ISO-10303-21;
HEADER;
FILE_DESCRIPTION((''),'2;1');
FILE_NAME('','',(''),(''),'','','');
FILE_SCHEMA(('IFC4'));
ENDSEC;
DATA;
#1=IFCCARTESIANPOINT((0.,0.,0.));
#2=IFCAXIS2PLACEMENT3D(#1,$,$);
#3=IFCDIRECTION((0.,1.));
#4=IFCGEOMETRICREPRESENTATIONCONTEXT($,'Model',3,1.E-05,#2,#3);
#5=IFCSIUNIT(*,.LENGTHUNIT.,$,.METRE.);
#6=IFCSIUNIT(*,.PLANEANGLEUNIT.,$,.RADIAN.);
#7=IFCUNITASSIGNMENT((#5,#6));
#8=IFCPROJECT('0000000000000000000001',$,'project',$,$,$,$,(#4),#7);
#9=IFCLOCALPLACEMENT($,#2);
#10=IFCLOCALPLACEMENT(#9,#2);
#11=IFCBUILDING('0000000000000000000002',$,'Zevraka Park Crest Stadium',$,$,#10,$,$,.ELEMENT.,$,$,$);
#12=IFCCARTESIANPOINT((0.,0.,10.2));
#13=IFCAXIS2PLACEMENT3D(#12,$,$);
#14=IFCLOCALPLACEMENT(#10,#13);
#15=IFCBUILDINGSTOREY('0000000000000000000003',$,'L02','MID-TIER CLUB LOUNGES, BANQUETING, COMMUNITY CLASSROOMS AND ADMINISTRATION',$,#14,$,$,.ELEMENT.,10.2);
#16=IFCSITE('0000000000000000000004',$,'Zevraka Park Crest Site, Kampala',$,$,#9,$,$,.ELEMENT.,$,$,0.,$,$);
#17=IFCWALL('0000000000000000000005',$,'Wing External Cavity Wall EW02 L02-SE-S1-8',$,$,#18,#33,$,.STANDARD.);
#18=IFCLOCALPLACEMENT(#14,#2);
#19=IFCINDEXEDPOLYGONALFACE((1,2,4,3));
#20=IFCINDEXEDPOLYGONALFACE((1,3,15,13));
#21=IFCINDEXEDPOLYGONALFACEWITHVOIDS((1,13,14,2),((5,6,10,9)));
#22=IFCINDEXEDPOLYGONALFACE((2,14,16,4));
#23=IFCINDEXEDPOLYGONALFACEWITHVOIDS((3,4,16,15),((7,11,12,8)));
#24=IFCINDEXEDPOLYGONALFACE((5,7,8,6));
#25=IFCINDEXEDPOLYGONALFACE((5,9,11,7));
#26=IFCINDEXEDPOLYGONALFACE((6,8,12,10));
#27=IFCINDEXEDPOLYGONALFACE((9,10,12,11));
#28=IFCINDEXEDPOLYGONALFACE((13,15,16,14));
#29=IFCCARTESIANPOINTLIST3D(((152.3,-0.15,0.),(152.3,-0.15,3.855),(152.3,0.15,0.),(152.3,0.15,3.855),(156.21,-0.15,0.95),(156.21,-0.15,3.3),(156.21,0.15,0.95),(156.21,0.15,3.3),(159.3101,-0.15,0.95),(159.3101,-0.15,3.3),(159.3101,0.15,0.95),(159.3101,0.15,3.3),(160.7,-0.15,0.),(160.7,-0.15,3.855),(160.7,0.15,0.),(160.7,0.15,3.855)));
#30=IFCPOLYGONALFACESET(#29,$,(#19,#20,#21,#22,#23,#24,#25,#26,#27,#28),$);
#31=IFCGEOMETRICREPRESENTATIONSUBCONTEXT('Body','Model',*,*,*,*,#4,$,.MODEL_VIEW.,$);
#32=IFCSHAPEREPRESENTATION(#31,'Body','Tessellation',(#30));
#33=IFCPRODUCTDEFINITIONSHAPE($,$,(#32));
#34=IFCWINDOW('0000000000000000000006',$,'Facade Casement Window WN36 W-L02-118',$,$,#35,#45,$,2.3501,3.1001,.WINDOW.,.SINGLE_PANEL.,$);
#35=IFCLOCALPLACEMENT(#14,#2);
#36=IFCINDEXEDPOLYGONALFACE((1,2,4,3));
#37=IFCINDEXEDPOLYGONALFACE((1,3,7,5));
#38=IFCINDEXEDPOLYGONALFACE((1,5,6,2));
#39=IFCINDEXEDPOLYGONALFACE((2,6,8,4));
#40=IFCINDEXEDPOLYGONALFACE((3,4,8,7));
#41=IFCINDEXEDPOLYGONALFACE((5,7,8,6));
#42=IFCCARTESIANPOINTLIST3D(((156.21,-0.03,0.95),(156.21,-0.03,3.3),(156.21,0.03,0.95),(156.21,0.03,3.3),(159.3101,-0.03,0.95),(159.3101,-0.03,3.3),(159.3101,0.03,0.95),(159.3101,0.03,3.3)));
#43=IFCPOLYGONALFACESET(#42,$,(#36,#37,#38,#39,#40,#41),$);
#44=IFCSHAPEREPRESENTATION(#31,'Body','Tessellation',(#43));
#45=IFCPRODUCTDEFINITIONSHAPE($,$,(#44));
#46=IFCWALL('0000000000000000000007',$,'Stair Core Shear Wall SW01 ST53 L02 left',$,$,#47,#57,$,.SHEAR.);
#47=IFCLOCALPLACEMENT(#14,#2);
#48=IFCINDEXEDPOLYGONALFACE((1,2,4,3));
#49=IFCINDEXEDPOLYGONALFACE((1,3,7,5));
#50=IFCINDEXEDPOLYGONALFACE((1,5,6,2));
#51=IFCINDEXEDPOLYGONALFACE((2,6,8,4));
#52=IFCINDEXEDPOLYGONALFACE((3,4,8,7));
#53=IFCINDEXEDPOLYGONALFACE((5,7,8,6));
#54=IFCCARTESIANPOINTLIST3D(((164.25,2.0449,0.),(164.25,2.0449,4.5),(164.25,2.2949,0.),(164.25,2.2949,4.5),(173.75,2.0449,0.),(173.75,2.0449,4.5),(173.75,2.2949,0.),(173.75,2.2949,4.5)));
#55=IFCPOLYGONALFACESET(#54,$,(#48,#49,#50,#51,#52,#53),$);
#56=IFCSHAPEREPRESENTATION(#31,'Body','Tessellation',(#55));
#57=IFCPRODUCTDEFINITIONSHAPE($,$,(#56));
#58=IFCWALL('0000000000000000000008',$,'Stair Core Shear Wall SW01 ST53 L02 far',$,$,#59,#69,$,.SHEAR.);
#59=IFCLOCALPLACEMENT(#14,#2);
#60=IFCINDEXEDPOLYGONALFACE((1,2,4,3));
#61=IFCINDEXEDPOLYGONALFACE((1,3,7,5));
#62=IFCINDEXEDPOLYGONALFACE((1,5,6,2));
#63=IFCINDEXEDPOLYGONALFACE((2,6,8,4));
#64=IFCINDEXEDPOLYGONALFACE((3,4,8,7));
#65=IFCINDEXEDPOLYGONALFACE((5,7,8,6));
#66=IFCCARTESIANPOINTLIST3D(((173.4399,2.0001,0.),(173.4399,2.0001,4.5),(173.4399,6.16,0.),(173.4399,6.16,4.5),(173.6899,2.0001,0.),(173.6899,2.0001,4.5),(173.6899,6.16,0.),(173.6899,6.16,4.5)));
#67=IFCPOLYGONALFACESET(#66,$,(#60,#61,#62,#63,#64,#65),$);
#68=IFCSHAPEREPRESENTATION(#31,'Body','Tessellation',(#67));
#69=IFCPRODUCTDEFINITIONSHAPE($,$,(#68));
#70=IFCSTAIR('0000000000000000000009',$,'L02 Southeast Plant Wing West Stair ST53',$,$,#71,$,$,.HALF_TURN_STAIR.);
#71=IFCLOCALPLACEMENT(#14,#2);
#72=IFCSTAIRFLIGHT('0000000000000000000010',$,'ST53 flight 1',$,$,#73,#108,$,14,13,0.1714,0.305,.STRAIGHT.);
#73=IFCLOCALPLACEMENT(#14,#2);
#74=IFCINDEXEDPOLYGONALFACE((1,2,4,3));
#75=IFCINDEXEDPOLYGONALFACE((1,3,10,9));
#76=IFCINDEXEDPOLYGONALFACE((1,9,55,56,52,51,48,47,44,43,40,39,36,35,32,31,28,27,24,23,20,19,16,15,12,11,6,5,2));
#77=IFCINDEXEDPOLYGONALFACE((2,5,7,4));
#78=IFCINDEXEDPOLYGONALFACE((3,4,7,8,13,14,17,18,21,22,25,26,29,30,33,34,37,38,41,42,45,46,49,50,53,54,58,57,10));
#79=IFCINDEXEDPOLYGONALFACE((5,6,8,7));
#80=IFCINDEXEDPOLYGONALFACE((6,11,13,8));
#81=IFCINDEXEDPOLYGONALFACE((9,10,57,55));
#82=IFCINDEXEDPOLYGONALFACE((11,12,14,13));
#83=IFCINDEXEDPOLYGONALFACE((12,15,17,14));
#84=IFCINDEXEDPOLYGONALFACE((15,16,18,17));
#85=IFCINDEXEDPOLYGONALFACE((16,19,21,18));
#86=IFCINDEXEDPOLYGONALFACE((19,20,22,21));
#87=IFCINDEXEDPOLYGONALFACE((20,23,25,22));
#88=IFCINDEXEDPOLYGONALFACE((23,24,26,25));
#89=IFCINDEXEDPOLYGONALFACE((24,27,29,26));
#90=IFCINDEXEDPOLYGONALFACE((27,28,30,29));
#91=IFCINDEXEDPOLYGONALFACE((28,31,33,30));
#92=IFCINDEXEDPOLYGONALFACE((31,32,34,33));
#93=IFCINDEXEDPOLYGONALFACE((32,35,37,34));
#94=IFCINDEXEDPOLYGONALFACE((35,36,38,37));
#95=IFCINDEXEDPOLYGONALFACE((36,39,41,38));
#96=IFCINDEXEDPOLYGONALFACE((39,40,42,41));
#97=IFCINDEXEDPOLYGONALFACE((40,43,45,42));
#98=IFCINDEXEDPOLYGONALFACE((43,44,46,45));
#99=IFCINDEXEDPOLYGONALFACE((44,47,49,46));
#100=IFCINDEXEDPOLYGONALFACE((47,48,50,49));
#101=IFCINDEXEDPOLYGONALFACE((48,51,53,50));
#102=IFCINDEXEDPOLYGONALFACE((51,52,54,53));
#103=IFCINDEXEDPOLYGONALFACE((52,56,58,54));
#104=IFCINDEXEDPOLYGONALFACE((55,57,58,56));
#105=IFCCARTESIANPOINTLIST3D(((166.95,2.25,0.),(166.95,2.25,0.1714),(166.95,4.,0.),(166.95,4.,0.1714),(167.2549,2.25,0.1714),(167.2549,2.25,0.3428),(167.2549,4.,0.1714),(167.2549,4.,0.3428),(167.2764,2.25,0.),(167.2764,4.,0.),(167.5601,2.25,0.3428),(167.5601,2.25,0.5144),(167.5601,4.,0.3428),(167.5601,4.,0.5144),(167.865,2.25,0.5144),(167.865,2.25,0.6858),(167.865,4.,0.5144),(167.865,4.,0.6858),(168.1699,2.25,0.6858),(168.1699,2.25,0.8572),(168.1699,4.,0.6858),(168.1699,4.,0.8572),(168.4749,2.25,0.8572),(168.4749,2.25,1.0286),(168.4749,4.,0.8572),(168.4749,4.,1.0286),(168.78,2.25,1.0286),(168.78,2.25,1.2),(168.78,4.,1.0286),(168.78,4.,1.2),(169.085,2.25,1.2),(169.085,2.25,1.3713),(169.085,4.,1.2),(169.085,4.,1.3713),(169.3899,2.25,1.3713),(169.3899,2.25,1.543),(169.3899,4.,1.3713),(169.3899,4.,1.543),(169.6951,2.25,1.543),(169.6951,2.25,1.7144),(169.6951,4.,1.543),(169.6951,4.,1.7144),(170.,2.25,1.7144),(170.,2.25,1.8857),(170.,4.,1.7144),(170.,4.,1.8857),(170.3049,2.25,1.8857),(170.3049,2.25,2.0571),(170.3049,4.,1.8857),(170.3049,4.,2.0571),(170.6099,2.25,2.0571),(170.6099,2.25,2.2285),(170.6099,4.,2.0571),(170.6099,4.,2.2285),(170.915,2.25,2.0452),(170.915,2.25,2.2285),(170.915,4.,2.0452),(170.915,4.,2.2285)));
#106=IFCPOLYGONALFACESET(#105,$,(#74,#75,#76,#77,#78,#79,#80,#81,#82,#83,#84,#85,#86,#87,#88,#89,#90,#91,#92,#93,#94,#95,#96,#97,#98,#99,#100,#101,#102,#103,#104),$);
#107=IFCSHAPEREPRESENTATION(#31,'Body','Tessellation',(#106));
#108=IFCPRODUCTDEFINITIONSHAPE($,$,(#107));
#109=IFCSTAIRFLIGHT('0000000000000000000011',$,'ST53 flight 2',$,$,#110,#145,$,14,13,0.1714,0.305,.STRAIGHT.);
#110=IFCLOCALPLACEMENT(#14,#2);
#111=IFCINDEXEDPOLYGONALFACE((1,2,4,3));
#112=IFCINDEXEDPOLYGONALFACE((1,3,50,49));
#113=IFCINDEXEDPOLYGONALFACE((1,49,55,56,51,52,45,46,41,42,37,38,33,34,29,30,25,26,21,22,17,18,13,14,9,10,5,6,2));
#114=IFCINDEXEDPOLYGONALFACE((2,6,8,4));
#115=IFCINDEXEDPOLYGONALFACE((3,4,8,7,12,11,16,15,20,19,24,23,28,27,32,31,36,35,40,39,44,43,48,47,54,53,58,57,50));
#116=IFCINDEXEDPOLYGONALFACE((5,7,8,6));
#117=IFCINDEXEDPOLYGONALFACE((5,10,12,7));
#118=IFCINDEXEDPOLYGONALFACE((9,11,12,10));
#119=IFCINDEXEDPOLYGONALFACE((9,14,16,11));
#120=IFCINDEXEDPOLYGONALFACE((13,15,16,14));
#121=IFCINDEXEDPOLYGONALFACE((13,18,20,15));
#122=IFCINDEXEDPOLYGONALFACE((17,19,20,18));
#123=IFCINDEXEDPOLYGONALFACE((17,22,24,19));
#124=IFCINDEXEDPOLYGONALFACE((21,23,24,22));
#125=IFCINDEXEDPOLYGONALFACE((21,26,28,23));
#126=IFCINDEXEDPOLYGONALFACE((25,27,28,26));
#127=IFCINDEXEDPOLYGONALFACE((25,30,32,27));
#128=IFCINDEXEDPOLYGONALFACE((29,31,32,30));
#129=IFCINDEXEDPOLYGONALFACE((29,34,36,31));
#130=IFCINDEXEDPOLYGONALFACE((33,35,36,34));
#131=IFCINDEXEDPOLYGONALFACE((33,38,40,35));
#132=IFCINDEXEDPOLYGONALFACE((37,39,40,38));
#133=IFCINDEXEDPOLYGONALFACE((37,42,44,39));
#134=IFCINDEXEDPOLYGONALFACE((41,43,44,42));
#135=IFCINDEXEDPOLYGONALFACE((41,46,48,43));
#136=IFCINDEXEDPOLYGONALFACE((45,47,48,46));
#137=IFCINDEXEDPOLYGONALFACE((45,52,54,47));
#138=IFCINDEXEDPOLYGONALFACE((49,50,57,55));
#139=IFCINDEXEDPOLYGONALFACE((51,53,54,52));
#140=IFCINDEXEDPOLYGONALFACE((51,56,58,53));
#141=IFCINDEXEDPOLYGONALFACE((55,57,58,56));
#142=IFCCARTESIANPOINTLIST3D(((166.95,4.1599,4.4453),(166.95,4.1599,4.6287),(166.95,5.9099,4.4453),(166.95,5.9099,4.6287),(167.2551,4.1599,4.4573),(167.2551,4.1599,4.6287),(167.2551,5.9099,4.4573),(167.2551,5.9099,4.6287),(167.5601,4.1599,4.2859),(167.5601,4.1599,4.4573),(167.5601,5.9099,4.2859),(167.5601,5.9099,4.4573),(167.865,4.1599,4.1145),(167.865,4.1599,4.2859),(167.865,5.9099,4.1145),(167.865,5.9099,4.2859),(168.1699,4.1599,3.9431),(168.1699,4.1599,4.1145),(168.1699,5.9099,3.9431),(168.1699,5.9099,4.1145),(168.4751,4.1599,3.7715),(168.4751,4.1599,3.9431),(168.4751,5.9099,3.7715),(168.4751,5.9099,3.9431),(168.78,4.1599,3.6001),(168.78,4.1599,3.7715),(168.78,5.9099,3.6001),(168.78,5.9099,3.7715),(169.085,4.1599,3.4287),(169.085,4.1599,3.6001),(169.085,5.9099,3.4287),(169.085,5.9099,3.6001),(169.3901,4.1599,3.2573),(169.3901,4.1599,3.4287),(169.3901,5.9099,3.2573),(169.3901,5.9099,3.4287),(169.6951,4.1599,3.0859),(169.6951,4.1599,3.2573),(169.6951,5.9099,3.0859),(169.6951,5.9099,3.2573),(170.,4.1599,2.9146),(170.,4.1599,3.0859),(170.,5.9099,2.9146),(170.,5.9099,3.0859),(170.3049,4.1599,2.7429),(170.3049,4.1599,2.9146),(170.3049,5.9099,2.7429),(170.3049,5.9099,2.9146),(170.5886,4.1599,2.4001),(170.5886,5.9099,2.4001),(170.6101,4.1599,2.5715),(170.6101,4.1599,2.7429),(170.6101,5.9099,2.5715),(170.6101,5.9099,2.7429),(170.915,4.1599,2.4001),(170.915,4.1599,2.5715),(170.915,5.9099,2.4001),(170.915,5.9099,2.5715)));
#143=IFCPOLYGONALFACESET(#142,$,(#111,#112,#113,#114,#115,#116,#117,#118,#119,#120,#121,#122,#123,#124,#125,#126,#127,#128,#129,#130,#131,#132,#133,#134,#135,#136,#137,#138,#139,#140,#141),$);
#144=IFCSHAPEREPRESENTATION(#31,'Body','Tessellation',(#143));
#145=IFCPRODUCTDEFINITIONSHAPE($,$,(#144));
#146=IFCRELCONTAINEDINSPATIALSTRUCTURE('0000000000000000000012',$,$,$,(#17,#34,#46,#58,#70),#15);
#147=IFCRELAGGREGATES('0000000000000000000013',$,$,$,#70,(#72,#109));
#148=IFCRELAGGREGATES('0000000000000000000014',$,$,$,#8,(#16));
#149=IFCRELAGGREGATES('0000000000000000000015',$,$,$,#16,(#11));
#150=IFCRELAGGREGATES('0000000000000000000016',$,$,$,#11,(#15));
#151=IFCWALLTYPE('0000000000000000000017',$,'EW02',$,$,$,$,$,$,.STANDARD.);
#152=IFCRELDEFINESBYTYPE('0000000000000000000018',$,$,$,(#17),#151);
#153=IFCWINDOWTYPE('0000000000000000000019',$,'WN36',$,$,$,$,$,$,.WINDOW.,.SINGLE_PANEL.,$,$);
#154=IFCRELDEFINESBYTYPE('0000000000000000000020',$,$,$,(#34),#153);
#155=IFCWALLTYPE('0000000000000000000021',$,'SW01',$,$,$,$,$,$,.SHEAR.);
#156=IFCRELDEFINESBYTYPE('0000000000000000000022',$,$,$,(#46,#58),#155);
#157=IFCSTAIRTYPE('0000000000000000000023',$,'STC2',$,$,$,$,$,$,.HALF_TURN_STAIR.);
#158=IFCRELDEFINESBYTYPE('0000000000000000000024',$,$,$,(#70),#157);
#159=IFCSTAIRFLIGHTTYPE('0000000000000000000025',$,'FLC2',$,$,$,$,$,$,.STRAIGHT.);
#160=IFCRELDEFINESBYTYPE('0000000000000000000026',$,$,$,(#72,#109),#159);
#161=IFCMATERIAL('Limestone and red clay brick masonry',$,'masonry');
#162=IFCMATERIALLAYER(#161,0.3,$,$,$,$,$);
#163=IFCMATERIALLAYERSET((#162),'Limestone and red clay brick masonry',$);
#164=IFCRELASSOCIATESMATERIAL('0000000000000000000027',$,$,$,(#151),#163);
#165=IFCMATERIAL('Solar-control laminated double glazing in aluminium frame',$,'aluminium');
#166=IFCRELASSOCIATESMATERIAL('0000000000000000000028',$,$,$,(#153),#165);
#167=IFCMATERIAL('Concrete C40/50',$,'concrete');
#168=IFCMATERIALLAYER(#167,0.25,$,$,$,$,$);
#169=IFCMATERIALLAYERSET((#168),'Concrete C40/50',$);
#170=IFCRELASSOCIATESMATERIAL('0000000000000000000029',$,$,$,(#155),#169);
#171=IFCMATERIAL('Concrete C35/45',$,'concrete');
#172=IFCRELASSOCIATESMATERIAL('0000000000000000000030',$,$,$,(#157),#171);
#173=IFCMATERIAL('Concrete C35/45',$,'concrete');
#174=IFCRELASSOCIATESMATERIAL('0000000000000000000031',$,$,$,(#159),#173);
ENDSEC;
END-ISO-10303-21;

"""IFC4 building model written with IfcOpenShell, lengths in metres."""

from ifc_helpers import new_model, si_unit, direction, frame, frame_2d, origin, place, context, subcontext, project, spatial, polyline, rectangle, outline, extrude, material, layer, layer_set, type_object, element, fill, aggregate, save


model = new_model("IFC4")

# Units and contexts
model_context = context("Model", 3, precision=1e-05, world=origin(), true_north=direction((0.0, 1.0)))
body_context = subcontext(model_context, "Body", "Model", "MODEL_VIEW")
ifc_project = project(units=[si_unit("LENGTHUNIT", "METRE"), si_unit("PLANEANGLEUNIT", "RADIAN")], contexts=[model_context])

# Site, building, storey
site_placement = place(None, origin())
site = spatial("IfcSite", under=ifc_project, at=site_placement, Name="Zevraka Park Crest Site, Kampala", CompositionType="ELEMENT", RefElevation=0.0)
building_placement = place(site_placement, origin())
building = spatial("IfcBuilding", under=site, at=building_placement, Name="Zevraka Park Crest Stadium", CompositionType="ELEMENT")
storey_placement = place(building_placement, frame((0.0, 0.0, 10.2)))
storey = spatial("IfcBuildingStorey", under=building, at=storey_placement, Name="L02", Description="MID-TIER CLUB LOUNGES, BANQUETING, COMMUNITY CLASSROOMS AND ADMINISTRATION", CompositionType="ELEMENT", Elevation=10.2)

# Wall, opening, window
ifc_material_1 = material(Name="Limestone and red clay brick masonry", Category="masonry")
ifc_layer_1 = layer(ifc_material_1, 0.3)
ifc_layer_set_1 = layer_set([ifc_layer_1], Name="Limestone and red clay brick masonry")
wall_type_1 = type_object("IfcWallType", Name="EW02", PredefinedType="STANDARD", material=ifc_layer_set_1)
wall_1_placement = place(storey_placement, frame((160.7, 0.0, 0.0), z_axis=(0.0, 0.0, 1.0), x_axis=(-1.0, 0.0, 0.0)))
wall_1 = element("IfcWall", 1, at=wall_1_placement, inside=storey, type_object=wall_type_1, Name="Wing External Cavity Wall EW02 L02-SE-S1-8", PredefinedType="STANDARD", context=body_context, shape_type="SweptSolid", body=[
    extrude(rectangle(XDim=8.3999, YDim=0.3, at=frame_2d((4.2, 0.0))), origin(), (0.0, 0.0, 1.0), 3.855),
])
opening_1_placement = place(wall_1_placement, frame((1.3899, 0.0, 0.95)))
opening_1 = element("IfcOpeningElement", 2, at=opening_1_placement, cuts=wall_1, PredefinedType="OPENING", context=body_context, shape_type="SweptSolid", body=[
    extrude(rectangle(XDim=3.1001, YDim=2.3501, at=frame_2d((1.55, 1.175))), frame((0.0, 0.1599, 0.0), z_axis=(0.0, -1.0, 0.0), x_axis=(1.0, 0.0, 0.0)), (0.0, 0.0, 1.0), 0.3201),
])
ifc_material_2 = material(Name="Solar-control laminated double glazing in aluminium frame", Category="aluminium")
window_type_1 = type_object("IfcWindowType", Name="WN36", PartitioningType="SINGLE_PANEL", PredefinedType="WINDOW", material=ifc_material_2)
window_1_placement = place(opening_1_placement, origin())
window_1 = element("IfcWindow", 3, at=window_1_placement, inside=storey, type_object=window_type_1, Name="Facade Casement Window WN36 W-L02-118", OverallHeight=2.3501, OverallWidth=3.1001, PartitioningType="SINGLE_PANEL", PredefinedType="WINDOW", context=body_context, shape_type="SweptSolid", body=[
    extrude(rectangle(XDim=3.1001, YDim=2.3501, at=frame_2d((1.55, 1.175))), frame((0.0, 0.03, 0.0), z_axis=(0.0, -1.0, 0.0), x_axis=(1.0, 0.0, 0.0)), (0.0, 0.0, 1.0), 0.0601),
])
fill(opening_1, window_1)

# Walls
ifc_material_3 = material(Name="Concrete C40/50", Category="concrete")
ifc_layer_2 = layer(ifc_material_3, 0.25)
ifc_layer_set_2 = layer_set([ifc_layer_2], Name="Concrete C40/50")
wall_type_2 = type_object("IfcWallType", Name="SW01", PredefinedType="SHEAR", material=ifc_layer_set_2)
wall_2_placement = place(storey_placement, frame((164.25, 2.1699, 0.0), z_axis=(0.0, 0.0, 1.0), x_axis=(1.0, 0.0, 0.0)))
element("IfcWall", 4, at=wall_2_placement, inside=storey, type_object=wall_type_2, Name="Stair Core Shear Wall SW01 ST53 L02 left", PredefinedType="SHEAR", context=body_context, shape_type="SweptSolid", body=[
    extrude(rectangle(XDim=9.5, YDim=0.25, at=frame_2d((4.75, 0.0))), origin(), (0.0, 0.0, 1.0), 4.5),
])
wall_3_placement = place(storey_placement, frame((173.5649, 2.0, 0.0), z_axis=(0.0, 0.0, 1.0), x_axis=(0.0, 1.0, 0.0)))
element("IfcWall", 5, at=wall_3_placement, inside=storey, type_object=wall_type_2, Name="Stair Core Shear Wall SW01 ST53 L02 far", PredefinedType="SHEAR", context=body_context, shape_type="SweptSolid", body=[
    extrude(rectangle(XDim=4.1599, YDim=0.25, at=frame_2d((2.0801, 0.0))), origin(), (0.0, 0.0, 1.0), 4.5),
])

# Stair, stair flights
ifc_material_4 = material(Name="Concrete C35/45", Category="concrete")
stair_type = type_object("IfcStairType", Name="STC2", PredefinedType="HALF_TURN_STAIR", material=ifc_material_4)
stair_placement = place(storey_placement, origin())
stair = element("IfcStair", 6, at=stair_placement, inside=storey, type_object=stair_type, Name="L02 Southeast Plant Wing West Stair ST53", PredefinedType="HALF_TURN_STAIR")
ifc_material_5 = material(Name="Concrete C35/45", Category="concrete")
stair_flight_type = type_object("IfcStairFlightType", Name="FLC2", PredefinedType="STRAIGHT", material=ifc_material_5)
stair_flight_1_placement = place(storey_placement, frame((166.95, 3.125, 0.0), z_axis=(0.0, 0.0, 1.0), x_axis=(1.0, 0.0, 0.0)))
stair_flight_1 = element("IfcStairFlight", 7, at=stair_flight_1_placement, type_object=stair_flight_type, Name="ST53 flight 1", NumberOfRisers=14, NumberOfTreads=13, PredefinedType="STRAIGHT", RiserHeight=0.1714, TreadLength=0.305, context=body_context, shape_type="SweptSolid", body=[
    extrude(outline(polyline([(0.0, 0.0), (0.0, 0.1714), (0.3049, 0.1714), (0.3049, 0.3428), (0.6101, 0.3428), (0.6101, 0.5144), (0.915, 0.5144), (0.915, 0.6858), (1.22, 0.6858), (1.22, 0.8572), (1.5249, 0.8572), (1.5249, 1.0286), (1.8301, 1.0286), (1.8301, 1.2), (2.135, 1.2), (2.135, 1.3713), (2.4399, 1.3713), (2.4399, 1.543), (2.7451, 1.543), (2.7451, 1.7144), (3.05, 1.7144), (3.05, 1.8857), (3.355, 1.8857), (3.355, 2.0571), (3.6599, 2.0571), (3.6599, 2.2285), (3.9651, 2.2285), (3.9651, 2.3999), (3.9651, 2.0452), (0.3264, 0.0), (0.0, 0.0)])), frame((0.0, 0.875, 0.0), z_axis=(0.0, -1.0, 0.0), x_axis=(1.0, 0.0, 0.0)), (0.0, 0.0, 1.0), 1.75),
])
stair_flight_2_placement = place(storey_placement, frame((170.915, 5.0349, 2.4001), z_axis=(0.0, 0.0, 1.0), x_axis=(-1.0, 0.0, 0.0)))
stair_flight_2 = element("IfcStairFlight", 8, at=stair_flight_2_placement, type_object=stair_flight_type, Name="ST53 flight 2", NumberOfRisers=14, NumberOfTreads=13, PredefinedType="STRAIGHT", RiserHeight=0.1714, TreadLength=0.305, context=body_context, shape_type="SweptSolid", body=[
    extrude(outline(polyline([(0.0, 0.0), (0.0, 0.1714), (0.3049, 0.1714), (0.3049, 0.3428), (0.6101, 0.3428), (0.6101, 0.5144), (0.915, 0.5144), (0.915, 0.6858), (1.22, 0.6858), (1.22, 0.8572), (1.5249, 0.8572), (1.5249, 1.0286), (1.8301, 1.0286), (1.8301, 1.2), (2.135, 1.2), (2.135, 1.3713), (2.4399, 1.3713), (2.4399, 1.543), (2.7451, 1.543), (2.7451, 1.7144), (3.05, 1.7144), (3.05, 1.8857), (3.355, 1.8857), (3.355, 2.0571), (3.6599, 2.0571), (3.6599, 2.2285), (3.9651, 2.2285), (3.9651, 2.3999), (3.9651, 2.0452), (0.3264, 0.0), (0.0, 0.0)])), frame((0.0, 0.875, 0.0), z_axis=(0.0, -1.0, 0.0), x_axis=(1.0, 0.0, 0.0)), (0.0, 0.0, 1.0), 1.75),
])
aggregate(stair, [stair_flight_1, stair_flight_2])

save(model, "model.ifc")
